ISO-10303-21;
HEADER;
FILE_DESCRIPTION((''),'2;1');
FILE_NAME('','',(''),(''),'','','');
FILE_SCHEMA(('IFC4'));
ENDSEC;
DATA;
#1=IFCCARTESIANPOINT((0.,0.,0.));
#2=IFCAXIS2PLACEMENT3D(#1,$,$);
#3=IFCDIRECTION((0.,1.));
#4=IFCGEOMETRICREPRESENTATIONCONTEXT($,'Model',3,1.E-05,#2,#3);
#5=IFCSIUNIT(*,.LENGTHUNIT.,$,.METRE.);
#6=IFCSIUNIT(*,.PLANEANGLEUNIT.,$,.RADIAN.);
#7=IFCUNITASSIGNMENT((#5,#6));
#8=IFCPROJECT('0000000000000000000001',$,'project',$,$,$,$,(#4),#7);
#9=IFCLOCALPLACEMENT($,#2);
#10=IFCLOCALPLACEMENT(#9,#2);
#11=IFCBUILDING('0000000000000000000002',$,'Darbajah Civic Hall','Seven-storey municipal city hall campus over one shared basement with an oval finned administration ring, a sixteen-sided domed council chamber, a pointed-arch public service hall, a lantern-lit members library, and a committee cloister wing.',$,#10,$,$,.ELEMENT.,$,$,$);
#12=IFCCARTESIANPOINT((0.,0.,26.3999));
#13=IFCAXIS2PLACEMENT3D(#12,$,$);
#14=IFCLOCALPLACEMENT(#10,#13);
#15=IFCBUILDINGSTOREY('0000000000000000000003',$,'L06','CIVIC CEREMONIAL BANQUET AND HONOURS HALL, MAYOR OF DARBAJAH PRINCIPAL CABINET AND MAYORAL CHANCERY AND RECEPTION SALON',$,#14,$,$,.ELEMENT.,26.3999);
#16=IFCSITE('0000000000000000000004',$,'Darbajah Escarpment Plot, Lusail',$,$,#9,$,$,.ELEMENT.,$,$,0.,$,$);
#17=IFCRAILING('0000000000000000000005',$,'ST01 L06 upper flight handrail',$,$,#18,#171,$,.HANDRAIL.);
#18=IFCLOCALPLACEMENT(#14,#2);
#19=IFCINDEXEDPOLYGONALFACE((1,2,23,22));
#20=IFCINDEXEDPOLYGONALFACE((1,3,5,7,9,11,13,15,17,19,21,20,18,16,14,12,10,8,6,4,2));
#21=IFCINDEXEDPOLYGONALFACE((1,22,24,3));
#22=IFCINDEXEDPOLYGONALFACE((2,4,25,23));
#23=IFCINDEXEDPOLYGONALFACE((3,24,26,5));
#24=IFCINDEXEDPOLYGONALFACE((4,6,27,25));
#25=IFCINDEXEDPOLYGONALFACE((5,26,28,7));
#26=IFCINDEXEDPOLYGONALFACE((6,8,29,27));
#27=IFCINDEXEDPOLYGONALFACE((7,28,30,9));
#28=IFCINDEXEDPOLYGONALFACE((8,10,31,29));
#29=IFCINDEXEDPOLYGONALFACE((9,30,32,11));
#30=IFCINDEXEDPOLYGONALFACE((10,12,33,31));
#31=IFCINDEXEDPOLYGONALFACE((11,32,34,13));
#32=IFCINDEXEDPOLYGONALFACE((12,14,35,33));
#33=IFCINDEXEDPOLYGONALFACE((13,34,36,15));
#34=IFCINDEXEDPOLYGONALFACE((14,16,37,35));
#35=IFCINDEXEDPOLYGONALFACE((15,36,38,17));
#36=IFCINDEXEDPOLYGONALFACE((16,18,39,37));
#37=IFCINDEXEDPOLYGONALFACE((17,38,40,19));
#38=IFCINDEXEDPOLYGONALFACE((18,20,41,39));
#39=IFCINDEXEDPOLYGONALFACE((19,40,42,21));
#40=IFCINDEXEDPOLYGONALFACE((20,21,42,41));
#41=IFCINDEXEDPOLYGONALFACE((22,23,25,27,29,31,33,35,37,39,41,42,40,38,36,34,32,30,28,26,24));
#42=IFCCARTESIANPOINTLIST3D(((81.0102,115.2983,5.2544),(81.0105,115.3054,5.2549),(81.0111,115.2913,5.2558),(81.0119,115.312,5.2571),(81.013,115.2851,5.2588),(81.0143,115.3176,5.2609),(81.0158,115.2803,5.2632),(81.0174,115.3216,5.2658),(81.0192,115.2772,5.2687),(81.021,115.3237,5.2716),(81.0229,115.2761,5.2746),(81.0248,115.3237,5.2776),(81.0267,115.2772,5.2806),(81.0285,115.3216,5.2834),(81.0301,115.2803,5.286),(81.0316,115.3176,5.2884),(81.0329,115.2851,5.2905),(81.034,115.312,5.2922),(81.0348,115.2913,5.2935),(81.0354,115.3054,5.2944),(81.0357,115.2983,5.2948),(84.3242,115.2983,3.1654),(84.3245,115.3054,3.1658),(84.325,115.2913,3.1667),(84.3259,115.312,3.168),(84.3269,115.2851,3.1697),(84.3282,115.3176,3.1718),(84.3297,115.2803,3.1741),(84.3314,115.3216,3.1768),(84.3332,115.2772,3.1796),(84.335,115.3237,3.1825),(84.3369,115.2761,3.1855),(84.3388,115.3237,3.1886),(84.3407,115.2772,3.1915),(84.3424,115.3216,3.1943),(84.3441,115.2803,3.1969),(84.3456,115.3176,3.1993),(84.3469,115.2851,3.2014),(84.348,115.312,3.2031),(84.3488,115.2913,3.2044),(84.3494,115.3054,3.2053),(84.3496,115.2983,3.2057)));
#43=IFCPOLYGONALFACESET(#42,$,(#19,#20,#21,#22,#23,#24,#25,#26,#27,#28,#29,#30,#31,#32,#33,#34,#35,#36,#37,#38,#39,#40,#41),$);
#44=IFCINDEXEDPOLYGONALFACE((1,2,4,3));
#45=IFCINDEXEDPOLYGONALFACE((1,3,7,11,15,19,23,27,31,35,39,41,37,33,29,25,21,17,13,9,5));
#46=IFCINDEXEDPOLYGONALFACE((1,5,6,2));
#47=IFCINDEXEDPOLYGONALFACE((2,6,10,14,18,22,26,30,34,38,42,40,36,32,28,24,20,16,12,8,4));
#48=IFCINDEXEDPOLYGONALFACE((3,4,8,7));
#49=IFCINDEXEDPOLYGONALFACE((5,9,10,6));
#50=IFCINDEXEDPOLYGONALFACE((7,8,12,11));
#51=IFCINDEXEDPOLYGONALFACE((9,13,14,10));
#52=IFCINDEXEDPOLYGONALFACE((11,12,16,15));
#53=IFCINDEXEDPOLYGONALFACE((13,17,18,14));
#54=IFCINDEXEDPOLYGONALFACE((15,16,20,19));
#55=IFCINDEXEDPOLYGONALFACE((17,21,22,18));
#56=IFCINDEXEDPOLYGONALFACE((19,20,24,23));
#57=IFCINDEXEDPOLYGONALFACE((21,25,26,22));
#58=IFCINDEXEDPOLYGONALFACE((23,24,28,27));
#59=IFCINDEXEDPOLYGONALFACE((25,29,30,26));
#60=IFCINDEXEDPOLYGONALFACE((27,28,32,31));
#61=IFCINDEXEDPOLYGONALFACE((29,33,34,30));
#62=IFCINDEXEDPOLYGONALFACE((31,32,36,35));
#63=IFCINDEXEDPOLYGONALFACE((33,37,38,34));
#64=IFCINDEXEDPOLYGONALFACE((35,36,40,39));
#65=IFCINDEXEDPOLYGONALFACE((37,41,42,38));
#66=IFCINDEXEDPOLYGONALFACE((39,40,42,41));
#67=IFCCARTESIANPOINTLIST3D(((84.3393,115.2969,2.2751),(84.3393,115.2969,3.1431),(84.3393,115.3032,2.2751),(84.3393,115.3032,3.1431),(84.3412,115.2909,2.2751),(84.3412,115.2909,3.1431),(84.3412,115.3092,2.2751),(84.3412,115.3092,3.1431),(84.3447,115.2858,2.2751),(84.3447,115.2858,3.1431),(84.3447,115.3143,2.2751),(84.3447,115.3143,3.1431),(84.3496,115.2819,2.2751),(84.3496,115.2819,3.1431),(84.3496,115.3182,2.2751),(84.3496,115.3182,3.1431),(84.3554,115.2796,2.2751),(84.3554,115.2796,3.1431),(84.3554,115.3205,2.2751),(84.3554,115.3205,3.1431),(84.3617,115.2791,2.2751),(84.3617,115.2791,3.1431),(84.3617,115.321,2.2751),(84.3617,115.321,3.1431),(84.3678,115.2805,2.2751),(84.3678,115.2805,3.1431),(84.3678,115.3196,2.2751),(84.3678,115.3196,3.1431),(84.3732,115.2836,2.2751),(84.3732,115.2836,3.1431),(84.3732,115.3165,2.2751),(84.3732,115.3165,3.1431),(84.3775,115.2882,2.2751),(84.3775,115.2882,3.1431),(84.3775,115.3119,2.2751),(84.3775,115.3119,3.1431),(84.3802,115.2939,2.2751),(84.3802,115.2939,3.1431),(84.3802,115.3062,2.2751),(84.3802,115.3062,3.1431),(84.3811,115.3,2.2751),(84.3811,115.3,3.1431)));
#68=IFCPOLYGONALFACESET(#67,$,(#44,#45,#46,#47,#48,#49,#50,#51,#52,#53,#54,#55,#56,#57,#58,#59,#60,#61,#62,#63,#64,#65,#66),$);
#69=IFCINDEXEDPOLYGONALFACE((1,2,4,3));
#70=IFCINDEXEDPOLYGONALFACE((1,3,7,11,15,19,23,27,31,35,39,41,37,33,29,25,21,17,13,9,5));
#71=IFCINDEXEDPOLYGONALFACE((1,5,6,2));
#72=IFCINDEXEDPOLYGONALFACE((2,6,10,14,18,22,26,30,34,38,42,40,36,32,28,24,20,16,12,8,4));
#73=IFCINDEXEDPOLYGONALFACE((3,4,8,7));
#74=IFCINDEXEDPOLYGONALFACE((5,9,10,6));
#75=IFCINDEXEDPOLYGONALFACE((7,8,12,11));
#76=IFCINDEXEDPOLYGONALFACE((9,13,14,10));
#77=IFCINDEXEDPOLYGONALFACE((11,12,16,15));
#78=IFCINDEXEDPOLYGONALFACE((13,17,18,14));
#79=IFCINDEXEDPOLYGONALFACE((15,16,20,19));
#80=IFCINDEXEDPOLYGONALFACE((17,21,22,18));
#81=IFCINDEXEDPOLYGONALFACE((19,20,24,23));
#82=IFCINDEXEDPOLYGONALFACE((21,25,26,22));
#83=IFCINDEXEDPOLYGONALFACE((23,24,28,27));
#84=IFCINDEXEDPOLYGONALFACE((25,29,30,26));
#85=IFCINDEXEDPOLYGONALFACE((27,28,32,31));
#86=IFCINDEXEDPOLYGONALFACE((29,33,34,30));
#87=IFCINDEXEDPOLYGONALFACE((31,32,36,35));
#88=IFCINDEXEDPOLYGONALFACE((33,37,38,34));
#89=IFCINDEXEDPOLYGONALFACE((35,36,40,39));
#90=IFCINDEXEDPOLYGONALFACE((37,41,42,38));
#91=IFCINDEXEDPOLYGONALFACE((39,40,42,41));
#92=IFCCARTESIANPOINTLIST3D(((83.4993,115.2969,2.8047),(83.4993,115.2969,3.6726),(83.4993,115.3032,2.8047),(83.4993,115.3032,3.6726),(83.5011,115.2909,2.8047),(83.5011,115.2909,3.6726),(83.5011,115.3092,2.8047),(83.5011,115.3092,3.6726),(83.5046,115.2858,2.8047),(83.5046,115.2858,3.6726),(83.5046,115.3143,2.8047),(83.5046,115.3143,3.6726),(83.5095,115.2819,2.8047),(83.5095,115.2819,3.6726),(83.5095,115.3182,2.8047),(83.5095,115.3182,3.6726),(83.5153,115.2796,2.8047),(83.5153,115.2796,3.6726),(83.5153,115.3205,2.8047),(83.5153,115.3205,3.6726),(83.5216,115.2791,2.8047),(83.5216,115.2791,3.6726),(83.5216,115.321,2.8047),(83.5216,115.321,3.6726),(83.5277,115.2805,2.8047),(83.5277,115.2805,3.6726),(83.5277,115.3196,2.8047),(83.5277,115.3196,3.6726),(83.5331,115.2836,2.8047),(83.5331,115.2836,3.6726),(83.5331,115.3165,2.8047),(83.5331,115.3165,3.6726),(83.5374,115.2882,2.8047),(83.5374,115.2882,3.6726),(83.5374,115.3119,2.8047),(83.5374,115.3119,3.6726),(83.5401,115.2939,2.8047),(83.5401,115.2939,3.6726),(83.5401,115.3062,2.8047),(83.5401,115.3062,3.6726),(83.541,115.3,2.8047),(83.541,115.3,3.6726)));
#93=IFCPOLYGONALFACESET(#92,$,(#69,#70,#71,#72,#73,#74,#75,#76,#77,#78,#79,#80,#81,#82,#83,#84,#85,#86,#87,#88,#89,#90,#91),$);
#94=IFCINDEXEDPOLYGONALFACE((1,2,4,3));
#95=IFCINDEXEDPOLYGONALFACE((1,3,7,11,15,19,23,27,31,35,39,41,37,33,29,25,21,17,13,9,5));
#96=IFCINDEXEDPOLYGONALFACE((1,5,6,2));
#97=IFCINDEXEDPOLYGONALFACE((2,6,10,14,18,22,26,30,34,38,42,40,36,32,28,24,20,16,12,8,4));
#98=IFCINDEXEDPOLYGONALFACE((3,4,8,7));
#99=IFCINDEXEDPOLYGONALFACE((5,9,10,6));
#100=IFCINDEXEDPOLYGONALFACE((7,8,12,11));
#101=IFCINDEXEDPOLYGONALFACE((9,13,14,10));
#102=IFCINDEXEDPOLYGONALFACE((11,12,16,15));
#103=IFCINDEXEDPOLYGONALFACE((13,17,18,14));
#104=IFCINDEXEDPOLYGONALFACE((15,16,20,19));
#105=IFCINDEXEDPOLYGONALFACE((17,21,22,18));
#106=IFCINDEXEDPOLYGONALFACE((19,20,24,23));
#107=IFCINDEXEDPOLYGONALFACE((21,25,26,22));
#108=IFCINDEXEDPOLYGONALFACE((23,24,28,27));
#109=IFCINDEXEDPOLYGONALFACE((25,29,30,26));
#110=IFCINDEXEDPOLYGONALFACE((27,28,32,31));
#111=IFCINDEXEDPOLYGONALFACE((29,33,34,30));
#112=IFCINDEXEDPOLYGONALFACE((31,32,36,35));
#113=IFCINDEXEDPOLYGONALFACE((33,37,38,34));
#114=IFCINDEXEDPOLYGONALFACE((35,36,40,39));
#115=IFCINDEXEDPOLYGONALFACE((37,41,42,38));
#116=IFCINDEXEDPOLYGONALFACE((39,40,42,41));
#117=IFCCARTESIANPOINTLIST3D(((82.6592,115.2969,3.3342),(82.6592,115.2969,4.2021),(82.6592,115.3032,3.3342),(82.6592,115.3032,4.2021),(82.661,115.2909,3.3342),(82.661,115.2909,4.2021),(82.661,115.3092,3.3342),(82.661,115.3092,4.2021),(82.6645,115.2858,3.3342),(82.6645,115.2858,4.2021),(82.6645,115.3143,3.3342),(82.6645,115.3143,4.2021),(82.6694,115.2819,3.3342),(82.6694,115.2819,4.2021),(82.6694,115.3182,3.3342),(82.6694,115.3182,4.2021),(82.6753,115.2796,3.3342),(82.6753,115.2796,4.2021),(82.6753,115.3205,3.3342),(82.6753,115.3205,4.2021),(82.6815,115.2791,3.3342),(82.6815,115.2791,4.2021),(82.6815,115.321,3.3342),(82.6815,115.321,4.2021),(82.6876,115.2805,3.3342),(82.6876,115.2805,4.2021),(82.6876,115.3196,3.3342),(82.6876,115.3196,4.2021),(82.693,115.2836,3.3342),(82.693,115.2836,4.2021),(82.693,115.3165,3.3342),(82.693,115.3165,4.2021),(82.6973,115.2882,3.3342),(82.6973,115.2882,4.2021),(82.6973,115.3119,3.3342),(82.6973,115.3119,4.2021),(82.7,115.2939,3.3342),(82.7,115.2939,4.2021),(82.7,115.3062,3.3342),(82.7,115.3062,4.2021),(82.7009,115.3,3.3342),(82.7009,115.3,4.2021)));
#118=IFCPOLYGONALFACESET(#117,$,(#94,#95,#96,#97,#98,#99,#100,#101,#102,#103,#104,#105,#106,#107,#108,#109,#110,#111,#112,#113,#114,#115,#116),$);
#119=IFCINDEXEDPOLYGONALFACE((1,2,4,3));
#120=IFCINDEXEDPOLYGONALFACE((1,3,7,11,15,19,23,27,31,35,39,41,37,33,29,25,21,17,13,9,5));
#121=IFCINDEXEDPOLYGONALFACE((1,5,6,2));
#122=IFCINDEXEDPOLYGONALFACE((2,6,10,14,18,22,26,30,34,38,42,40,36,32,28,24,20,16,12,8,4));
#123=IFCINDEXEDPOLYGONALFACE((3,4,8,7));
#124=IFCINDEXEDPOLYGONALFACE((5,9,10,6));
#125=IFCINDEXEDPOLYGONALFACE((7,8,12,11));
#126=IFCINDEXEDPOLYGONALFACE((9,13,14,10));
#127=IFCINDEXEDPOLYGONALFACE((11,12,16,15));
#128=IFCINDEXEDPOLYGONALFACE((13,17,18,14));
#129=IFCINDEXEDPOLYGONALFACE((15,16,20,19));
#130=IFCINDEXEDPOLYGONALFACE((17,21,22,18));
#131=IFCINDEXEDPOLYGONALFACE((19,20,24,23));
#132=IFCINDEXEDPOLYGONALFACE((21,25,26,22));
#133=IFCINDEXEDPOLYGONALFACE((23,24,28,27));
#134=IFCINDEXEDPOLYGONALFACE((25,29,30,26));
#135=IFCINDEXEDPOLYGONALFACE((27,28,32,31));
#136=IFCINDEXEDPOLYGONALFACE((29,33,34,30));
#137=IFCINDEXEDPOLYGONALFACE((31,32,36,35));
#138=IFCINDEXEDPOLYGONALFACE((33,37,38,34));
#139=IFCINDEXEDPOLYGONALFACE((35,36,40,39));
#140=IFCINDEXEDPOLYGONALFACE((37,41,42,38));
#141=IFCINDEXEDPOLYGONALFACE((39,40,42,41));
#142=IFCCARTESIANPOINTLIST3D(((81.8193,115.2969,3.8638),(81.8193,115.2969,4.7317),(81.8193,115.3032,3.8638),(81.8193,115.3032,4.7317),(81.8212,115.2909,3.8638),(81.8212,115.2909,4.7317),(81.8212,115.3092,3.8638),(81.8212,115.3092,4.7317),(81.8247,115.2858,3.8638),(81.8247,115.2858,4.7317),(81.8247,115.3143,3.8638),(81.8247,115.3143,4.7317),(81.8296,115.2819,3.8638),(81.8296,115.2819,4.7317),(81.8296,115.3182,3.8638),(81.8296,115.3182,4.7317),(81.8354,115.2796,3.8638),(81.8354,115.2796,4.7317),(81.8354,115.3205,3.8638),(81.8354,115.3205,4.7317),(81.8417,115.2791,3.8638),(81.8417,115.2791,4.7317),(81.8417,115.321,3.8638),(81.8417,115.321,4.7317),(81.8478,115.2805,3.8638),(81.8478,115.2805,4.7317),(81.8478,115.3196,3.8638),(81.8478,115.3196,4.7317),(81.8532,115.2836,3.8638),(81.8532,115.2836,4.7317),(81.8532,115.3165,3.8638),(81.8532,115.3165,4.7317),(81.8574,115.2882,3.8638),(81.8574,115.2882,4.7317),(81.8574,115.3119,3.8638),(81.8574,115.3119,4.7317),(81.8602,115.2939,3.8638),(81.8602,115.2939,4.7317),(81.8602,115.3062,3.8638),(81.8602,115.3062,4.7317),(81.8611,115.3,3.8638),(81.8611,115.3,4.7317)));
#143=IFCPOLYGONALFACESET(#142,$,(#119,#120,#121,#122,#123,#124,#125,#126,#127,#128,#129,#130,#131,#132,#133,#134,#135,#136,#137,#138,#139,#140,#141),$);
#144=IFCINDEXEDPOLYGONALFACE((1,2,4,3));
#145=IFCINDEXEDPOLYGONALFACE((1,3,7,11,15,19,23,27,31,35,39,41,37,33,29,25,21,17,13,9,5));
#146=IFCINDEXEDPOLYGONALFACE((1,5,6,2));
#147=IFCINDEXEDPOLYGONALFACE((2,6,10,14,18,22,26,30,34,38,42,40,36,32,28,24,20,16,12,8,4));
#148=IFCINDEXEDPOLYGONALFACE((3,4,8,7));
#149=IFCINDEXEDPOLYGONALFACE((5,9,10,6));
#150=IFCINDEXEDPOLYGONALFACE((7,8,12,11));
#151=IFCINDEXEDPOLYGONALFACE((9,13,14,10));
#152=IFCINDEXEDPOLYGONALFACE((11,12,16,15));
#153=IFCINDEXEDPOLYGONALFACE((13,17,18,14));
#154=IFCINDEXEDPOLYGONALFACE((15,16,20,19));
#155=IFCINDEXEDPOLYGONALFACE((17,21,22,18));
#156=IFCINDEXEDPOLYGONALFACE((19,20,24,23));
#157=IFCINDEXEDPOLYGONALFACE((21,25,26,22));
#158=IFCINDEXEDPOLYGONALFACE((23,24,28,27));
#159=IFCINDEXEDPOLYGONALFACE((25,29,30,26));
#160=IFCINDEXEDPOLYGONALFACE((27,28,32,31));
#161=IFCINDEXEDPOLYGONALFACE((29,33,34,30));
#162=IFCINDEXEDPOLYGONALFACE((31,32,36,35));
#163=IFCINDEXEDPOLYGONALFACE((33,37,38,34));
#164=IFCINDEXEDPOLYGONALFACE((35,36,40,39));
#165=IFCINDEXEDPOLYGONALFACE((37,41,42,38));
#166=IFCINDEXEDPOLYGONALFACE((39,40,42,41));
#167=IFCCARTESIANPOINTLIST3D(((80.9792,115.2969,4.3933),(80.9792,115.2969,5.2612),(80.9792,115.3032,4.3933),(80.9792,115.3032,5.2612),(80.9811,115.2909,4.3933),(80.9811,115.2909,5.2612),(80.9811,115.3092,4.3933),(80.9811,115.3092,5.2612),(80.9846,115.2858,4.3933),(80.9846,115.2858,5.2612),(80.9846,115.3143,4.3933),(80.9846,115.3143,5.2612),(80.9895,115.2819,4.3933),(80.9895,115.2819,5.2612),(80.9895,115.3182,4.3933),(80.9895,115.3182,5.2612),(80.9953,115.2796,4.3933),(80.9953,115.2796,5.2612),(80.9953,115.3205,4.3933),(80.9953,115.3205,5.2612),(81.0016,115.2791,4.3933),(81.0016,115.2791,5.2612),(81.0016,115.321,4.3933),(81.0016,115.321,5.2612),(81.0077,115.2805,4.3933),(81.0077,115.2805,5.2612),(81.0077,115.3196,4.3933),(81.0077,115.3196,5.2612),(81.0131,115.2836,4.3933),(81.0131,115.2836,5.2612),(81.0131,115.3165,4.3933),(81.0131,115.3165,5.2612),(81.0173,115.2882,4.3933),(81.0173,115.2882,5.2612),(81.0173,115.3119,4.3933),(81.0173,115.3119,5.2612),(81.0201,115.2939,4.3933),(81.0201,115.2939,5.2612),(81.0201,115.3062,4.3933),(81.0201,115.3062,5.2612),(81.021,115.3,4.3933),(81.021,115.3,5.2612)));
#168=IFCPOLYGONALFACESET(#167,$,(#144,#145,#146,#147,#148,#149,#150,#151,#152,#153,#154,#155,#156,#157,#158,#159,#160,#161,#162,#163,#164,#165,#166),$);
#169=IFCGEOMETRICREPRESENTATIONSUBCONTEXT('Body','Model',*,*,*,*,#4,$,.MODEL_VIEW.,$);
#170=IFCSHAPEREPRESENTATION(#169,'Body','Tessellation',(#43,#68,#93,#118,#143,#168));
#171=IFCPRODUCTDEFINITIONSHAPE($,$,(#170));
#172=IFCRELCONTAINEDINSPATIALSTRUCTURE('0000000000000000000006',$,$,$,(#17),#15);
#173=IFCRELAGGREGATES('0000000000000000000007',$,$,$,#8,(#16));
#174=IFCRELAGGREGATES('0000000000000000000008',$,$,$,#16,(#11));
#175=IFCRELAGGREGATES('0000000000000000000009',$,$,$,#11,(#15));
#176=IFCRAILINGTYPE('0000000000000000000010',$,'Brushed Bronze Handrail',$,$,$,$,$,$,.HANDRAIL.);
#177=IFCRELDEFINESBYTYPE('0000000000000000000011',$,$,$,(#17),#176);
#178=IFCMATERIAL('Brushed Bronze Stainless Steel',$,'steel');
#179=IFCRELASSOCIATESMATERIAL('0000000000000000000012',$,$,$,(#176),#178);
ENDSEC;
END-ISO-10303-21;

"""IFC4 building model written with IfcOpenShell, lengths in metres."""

from ifc_helpers import new_model, si_unit, direction, frame, origin, origin_2d, place, context, subcontext, project, spatial, circle, extrude, material, type_object, element, save


model = new_model("IFC4")

# Units and contexts
model_context = context("Model", 3, precision=1e-05, world=origin(), true_north=direction((0.0, 1.0)))
body_context = subcontext(model_context, "Body", "Model", "MODEL_VIEW")
ifc_project = project(units=[si_unit("LENGTHUNIT", "METRE"), si_unit("PLANEANGLEUNIT", "RADIAN")], contexts=[model_context])

# Site, building, storey
site_placement = place(None, origin())
site = spatial("IfcSite", under=ifc_project, at=site_placement, Name="Darbajah Escarpment Plot, Lusail", CompositionType="ELEMENT", RefElevation=0.0)
building_placement = place(site_placement, origin())
building = spatial("IfcBuilding", under=site, at=building_placement, Name="Darbajah Civic Hall", Description="Seven-storey municipal city hall campus over one shared basement with an oval finned administration ring, a sixteen-sided domed council chamber, a pointed-arch public service hall, a lantern-lit members library, and a committee cloister wing.", CompositionType="ELEMENT")
storey_placement = place(building_placement, frame((0.0, 0.0, 26.3999)))
storey = spatial("IfcBuildingStorey", under=building, at=storey_placement, Name="L06", Description="CIVIC CEREMONIAL BANQUET AND HONOURS HALL, MAYOR OF DARBAJAH PRINCIPAL CABINET AND MAYORAL CHANCERY AND RECEPTION SALON", CompositionType="ELEMENT", Elevation=26.3999)

# Railing
ifc_material_1 = material(Name="Brushed Bronze Stainless Steel", Category="steel")
railing_type_1 = type_object("IfcRailingType", Name="Brushed Bronze Handrail", PredefinedType="HANDRAIL", material=ifc_material_1)
railing_1_placement = place(storey_placement, frame((84.3601, 115.3, 2.2751)))
element("IfcRailing", 1, at=railing_1_placement, inside=storey, type_object=railing_type_1, Name="ST01 L06 upper flight handrail", PredefinedType="HANDRAIL", context=body_context, shape_type="SweptSolid", body=[
    extrude(circle(Radius=0.0239, at=origin_2d()), frame((-0.0232, 0.0, 0.9104), z_axis=(-0.845944, 0.0, 0.533271), x_axis=(0.0, -1.0, 0.0)), (0.0, 0.0, 1.0), 3.9175),
    extrude(circle(Radius=0.021, at=origin_2d()), origin(), (0.0, 0.0, 1.0), 0.8679),
    extrude(circle(Radius=0.021, at=origin_2d()), frame((-0.8401, 0.0, 0.5295)), (0.0, 0.0, 1.0), 0.8679),
    extrude(circle(Radius=0.021, at=origin_2d()), frame((-1.6802, 0.0, 1.0591)), (0.0, 0.0, 1.0), 0.8679),
    extrude(circle(Radius=0.021, at=origin_2d()), frame((-2.52, 0.0, 1.5886)), (0.0, 0.0, 1.0), 0.8679),
    extrude(circle(Radius=0.021, at=origin_2d()), frame((-3.3601, 0.0, 2.1182)), (0.0, 0.0, 1.0), 0.8679),
])

save(model, "model.ifc")
